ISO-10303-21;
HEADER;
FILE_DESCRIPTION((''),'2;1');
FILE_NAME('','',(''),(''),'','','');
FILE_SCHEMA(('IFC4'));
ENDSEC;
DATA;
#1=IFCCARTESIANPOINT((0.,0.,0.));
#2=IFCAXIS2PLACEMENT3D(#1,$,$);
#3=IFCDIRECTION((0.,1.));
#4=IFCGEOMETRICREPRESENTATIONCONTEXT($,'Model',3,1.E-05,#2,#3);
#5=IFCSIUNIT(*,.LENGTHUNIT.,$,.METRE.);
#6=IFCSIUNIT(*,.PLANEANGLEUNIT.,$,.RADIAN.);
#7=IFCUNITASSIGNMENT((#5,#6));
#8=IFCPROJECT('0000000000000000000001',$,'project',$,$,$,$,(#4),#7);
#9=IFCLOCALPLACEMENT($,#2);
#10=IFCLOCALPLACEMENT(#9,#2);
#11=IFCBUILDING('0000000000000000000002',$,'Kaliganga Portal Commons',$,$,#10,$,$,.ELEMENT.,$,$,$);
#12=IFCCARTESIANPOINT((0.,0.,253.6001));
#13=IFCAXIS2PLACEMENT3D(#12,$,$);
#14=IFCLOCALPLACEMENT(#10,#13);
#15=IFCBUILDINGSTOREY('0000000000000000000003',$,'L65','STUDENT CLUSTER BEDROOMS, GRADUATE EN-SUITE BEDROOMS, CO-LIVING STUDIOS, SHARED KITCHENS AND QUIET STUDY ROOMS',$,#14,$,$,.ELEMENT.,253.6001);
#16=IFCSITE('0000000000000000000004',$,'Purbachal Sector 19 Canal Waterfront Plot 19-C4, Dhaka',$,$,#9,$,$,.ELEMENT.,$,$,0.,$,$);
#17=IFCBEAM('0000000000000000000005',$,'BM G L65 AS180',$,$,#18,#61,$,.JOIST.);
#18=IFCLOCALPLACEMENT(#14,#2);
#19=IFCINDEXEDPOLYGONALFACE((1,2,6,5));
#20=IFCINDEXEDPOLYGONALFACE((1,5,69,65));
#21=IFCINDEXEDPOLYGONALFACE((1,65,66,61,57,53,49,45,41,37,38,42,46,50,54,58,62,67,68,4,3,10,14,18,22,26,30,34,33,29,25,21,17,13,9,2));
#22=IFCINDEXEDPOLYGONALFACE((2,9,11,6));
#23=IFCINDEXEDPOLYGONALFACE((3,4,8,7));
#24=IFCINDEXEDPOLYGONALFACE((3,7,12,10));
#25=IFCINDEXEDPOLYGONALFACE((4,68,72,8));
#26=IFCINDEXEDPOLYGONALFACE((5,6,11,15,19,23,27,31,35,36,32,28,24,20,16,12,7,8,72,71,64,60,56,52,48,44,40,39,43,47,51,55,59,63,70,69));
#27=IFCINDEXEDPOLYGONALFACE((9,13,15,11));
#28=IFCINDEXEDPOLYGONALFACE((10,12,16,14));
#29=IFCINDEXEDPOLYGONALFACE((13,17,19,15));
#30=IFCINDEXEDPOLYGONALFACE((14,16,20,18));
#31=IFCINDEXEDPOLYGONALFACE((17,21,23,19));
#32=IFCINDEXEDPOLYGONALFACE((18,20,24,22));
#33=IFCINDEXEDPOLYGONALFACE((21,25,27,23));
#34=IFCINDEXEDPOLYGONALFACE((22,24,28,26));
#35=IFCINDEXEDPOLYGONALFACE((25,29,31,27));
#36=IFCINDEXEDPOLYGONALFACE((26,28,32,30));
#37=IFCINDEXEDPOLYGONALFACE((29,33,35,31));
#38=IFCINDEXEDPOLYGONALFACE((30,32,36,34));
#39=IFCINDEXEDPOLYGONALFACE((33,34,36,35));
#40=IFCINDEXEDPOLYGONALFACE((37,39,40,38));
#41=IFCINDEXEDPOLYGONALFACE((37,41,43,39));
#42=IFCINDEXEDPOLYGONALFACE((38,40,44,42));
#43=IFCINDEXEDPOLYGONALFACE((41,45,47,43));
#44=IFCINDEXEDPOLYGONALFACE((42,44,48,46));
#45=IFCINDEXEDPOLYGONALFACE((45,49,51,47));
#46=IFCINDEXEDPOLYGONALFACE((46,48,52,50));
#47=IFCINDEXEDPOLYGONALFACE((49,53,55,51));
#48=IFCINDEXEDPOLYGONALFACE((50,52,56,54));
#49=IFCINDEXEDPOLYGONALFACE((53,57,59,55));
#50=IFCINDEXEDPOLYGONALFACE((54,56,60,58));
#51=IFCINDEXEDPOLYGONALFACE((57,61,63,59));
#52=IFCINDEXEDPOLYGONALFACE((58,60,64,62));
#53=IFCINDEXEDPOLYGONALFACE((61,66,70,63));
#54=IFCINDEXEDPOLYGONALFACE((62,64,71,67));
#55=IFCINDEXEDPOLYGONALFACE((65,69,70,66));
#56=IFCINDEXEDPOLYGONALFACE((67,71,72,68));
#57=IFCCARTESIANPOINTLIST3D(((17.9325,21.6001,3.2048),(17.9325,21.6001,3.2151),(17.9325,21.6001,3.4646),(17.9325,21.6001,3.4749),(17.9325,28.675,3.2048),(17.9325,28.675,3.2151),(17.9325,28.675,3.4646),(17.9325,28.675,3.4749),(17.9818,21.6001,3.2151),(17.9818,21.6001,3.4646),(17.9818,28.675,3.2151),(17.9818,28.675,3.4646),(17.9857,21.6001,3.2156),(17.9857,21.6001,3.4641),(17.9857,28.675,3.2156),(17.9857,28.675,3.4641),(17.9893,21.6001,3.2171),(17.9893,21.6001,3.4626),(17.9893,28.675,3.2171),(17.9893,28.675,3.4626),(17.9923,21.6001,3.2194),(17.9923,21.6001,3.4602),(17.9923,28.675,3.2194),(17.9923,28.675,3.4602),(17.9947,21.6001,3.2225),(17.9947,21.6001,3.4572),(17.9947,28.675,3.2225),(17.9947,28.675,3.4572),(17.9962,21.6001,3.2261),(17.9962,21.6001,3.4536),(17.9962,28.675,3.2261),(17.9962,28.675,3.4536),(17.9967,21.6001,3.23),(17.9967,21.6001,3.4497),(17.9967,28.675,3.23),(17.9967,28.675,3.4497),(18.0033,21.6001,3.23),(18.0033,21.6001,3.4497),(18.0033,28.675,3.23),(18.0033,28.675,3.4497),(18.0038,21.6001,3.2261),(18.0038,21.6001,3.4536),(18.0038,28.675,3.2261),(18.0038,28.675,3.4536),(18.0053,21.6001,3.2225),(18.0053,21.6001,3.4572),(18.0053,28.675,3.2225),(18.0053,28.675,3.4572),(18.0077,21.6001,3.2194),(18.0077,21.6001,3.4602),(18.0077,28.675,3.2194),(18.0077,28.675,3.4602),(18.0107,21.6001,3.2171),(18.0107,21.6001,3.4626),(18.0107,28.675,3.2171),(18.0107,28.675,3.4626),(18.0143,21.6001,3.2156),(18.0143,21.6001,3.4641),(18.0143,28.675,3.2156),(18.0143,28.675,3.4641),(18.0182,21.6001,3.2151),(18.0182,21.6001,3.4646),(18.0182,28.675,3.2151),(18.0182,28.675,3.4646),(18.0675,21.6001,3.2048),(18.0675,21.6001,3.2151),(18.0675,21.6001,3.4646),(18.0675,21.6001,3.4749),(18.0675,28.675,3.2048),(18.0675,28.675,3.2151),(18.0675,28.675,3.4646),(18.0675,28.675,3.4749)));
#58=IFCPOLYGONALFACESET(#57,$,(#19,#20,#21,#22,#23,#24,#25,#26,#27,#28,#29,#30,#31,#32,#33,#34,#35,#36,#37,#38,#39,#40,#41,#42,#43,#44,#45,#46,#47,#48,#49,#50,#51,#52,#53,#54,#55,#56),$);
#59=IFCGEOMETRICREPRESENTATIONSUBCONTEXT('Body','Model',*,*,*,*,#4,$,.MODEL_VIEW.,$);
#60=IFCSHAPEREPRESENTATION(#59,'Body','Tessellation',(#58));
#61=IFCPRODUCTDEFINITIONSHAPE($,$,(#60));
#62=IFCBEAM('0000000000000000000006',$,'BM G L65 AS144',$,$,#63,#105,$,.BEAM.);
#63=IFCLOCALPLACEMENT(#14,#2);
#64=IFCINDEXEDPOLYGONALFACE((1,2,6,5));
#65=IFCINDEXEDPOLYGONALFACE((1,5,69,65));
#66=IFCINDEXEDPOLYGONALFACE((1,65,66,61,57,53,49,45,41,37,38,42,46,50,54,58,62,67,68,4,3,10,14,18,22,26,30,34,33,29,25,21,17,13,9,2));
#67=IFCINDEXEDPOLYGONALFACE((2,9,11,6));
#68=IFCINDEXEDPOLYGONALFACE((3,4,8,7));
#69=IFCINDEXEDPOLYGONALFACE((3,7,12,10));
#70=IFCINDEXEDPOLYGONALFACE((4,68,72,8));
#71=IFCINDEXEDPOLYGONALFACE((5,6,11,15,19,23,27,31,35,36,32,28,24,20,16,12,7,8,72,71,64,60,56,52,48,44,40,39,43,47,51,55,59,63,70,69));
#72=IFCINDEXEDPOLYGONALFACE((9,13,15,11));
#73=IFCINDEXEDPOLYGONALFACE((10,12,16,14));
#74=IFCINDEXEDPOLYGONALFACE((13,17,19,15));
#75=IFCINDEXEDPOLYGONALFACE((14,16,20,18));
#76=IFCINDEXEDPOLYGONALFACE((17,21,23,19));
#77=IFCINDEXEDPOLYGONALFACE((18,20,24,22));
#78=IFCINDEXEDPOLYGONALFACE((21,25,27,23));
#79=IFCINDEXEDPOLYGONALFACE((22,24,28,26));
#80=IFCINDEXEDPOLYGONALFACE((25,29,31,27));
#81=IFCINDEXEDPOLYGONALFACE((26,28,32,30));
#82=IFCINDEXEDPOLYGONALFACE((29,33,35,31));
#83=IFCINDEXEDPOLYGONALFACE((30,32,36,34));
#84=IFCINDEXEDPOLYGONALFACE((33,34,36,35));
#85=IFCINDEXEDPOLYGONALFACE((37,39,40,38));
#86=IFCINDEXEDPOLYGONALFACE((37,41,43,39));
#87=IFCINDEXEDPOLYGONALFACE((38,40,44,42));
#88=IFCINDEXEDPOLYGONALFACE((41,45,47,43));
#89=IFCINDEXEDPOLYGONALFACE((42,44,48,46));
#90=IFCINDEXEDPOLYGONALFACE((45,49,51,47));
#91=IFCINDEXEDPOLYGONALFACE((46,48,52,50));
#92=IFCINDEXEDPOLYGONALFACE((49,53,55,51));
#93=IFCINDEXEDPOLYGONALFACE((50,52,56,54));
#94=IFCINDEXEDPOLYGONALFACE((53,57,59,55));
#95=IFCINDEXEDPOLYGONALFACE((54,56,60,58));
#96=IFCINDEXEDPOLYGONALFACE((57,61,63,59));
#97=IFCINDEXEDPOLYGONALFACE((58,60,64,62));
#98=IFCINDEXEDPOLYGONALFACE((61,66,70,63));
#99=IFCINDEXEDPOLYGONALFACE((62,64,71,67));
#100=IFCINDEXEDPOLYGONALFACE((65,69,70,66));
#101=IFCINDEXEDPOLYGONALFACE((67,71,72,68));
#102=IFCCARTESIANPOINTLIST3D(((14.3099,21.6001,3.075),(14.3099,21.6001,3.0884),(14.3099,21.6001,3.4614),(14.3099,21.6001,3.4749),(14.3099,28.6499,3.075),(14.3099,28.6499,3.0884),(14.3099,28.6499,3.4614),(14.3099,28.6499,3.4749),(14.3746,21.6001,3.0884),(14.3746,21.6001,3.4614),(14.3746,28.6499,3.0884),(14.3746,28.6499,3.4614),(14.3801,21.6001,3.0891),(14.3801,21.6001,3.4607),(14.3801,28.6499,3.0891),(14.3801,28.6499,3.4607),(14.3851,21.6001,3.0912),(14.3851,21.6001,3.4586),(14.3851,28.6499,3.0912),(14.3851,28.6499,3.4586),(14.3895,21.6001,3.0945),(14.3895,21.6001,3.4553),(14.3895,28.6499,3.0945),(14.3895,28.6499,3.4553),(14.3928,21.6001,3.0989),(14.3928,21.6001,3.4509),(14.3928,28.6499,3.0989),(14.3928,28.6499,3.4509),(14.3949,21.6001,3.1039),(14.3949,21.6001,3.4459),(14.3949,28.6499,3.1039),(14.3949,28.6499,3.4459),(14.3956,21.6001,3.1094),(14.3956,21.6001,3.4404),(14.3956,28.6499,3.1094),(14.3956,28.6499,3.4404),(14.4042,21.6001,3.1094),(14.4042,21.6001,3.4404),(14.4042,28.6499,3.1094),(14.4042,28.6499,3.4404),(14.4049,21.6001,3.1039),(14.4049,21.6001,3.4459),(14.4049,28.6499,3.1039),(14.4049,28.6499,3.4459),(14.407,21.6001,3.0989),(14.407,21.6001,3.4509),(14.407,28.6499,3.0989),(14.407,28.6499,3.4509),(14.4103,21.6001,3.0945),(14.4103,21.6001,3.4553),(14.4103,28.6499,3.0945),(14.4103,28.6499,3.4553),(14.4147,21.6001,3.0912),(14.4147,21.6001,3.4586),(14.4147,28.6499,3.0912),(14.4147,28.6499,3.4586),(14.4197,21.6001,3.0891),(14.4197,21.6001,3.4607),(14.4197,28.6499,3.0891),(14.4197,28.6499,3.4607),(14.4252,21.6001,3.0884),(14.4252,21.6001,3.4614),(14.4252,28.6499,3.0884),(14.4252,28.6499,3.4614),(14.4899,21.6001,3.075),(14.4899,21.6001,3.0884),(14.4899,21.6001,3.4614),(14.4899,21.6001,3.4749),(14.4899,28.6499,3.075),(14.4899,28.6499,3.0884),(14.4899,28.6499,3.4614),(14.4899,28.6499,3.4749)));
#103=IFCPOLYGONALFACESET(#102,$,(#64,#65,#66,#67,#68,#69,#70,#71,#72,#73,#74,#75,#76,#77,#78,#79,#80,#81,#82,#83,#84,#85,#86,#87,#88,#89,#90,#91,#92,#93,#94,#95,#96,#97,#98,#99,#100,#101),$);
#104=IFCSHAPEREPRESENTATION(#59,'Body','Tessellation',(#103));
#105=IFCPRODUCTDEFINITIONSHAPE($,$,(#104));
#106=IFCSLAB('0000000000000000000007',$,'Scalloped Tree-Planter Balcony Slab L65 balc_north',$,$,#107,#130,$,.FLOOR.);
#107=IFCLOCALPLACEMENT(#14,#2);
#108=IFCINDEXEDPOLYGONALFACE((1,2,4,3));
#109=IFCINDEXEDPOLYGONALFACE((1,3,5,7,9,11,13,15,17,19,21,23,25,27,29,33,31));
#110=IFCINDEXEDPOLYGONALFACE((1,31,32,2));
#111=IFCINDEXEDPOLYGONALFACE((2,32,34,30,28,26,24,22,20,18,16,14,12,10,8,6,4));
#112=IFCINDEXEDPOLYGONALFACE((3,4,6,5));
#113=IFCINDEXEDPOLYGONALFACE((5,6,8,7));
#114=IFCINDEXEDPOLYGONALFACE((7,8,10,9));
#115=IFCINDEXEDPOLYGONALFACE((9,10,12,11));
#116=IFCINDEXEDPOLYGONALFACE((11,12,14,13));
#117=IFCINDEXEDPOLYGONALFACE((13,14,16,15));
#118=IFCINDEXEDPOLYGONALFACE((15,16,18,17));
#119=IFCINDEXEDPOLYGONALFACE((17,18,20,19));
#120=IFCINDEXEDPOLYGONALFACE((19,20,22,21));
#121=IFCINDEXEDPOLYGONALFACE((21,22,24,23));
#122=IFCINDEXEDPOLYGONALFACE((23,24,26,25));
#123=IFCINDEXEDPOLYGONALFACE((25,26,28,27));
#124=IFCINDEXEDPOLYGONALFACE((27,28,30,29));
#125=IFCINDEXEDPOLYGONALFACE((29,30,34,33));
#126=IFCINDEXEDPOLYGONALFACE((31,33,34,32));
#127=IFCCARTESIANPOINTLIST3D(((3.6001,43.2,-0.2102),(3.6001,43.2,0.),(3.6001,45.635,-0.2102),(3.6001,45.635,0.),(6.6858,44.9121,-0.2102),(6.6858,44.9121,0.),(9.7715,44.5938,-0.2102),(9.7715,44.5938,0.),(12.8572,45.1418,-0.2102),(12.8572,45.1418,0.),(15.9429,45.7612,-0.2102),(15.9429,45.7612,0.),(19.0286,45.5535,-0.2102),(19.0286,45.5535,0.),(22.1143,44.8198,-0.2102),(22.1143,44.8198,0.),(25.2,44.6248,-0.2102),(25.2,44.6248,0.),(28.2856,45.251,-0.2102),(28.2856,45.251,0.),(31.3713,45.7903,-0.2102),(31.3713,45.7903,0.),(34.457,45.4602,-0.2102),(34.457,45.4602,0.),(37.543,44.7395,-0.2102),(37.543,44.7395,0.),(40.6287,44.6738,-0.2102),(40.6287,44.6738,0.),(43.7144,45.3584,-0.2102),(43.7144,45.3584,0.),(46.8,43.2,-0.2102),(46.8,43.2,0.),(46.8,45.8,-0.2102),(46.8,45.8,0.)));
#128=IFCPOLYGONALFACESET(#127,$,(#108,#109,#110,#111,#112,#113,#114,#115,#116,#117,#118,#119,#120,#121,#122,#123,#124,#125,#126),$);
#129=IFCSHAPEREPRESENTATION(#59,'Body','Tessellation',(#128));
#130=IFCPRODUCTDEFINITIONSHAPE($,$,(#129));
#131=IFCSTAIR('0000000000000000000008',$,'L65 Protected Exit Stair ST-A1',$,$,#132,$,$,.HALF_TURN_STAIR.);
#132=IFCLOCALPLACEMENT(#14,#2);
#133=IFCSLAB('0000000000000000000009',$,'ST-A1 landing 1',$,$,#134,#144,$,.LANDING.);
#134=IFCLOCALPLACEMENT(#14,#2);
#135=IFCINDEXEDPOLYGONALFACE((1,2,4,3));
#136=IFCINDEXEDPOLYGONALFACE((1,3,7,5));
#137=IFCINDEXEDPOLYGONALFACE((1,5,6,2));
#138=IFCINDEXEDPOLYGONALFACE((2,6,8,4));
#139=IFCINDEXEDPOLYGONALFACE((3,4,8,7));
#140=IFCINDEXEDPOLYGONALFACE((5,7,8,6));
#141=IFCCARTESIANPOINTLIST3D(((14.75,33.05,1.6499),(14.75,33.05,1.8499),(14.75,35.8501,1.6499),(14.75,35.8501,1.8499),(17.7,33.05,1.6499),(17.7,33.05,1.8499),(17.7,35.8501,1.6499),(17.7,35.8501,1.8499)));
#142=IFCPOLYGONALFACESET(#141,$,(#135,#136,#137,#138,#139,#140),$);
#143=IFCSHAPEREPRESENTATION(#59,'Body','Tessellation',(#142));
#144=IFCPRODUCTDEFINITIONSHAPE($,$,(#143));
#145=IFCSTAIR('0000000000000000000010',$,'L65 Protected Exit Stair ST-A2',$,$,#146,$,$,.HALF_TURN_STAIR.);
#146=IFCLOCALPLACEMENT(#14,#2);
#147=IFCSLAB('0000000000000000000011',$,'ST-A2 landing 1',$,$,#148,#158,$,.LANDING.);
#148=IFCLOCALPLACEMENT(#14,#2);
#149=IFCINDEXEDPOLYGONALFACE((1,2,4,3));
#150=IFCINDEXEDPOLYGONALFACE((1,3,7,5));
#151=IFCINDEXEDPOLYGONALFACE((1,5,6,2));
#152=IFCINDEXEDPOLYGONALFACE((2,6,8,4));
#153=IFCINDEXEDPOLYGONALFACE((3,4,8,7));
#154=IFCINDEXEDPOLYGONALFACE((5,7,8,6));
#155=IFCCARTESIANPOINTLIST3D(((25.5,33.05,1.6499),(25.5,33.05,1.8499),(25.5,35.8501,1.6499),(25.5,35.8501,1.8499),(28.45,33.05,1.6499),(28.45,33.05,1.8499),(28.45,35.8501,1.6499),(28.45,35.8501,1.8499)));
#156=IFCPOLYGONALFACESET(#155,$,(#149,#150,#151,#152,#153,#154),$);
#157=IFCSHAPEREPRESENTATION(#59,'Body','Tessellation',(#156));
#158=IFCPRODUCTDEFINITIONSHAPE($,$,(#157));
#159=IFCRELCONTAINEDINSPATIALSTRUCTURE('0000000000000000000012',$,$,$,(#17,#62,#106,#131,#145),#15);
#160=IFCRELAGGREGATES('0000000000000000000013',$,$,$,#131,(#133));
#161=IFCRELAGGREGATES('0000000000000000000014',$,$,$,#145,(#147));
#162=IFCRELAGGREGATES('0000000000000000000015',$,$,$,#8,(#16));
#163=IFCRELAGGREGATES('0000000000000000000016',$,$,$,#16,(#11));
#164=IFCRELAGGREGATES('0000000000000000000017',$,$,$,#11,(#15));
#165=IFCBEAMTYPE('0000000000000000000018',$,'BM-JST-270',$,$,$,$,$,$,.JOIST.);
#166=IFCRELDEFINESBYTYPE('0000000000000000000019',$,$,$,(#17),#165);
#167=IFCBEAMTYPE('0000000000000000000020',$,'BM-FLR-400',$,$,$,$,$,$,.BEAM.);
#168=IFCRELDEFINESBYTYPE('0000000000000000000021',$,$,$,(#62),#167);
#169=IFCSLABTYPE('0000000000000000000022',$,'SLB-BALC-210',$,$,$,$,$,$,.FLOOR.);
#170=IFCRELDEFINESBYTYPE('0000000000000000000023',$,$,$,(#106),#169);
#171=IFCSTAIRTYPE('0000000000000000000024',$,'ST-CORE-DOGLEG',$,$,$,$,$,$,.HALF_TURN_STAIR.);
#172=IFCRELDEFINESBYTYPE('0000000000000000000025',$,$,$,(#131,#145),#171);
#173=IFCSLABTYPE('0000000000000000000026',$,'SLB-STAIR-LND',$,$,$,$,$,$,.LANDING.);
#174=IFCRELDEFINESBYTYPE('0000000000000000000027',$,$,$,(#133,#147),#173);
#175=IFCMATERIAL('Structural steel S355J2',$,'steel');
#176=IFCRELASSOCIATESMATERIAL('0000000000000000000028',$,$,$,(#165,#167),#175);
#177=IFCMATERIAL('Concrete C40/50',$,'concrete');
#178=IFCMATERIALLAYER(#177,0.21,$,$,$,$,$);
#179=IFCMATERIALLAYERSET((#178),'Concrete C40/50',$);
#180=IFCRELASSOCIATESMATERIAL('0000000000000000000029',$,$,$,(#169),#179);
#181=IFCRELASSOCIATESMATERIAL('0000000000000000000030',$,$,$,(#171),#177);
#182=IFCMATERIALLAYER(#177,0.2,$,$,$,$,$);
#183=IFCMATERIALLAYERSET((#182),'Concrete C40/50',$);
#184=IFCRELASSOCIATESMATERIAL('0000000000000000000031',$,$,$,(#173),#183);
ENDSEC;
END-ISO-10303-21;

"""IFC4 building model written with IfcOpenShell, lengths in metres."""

from ifc_helpers import new_model, si_unit, direction, frame, origin, origin_2d, place, context, subcontext, project, spatial, polyline, i_section, outline, extrude, source, transform, mapped, material, layer, layer_set, material_profile, profile_set, type_object, element, aggregate, save


model = new_model("IFC4")

# Units and contexts
model_context = context("Model", 3, precision=1e-05, world=origin(), true_north=direction((0.0, 1.0)))
body_context = subcontext(model_context, "Body", "Model", "MODEL_VIEW")
ifc_project = project(units=[si_unit("LENGTHUNIT", "METRE"), si_unit("PLANEANGLEUNIT", "RADIAN")], contexts=[model_context])

# Site, building, storey
site_placement = place(None, origin())
site = spatial("IfcSite", under=ifc_project, at=site_placement, Name="Purbachal Sector 19 Canal Waterfront Plot 19-C4, Dhaka", CompositionType="ELEMENT", RefElevation=0.0)
building_placement = place(site_placement, origin())
building = spatial("IfcBuilding", under=site, at=building_placement, Name="Kaliganga Portal Commons", CompositionType="ELEMENT")
storey_placement = place(building_placement, frame((0.0, 0.0, 253.6001)))
storey = spatial("IfcBuildingStorey", under=building, at=storey_placement, Name="L65", Description="STUDENT CLUSTER BEDROOMS, GRADUATE EN-SUITE BEDROOMS, CO-LIVING STUDIOS, SHARED KITCHENS AND QUIET STUDY ROOMS", CompositionType="ELEMENT", Elevation=253.6001)

# Shared definitions
ifc_material_1 = material(Name="Structural steel S355J2", Category="steel")

# Beams
ifc_material_profile_1 = material_profile(ifc_material_1, i_section(OverallWidth=0.135, OverallDepth=0.27, WebThickness=0.0066, FlangeThickness=0.0103, FilletRadius=0.0149, at=origin_2d()), Name="IPE 270")
ifc_profile_set_1 = profile_set([ifc_material_profile_1], Name="Structural steel S355J2 wide-flange")
beam_type_1 = type_object("IfcBeamType", Name="BM-JST-270", PredefinedType="JOIST", material=ifc_profile_set_1)
shared_shape_1 = source(origin(), body_context, "Body", "SweptSolid", [
    extrude(i_section(OverallWidth=0.135, OverallDepth=0.27, WebThickness=0.0066, FlangeThickness=0.0103, FilletRadius=0.0149, at=origin_2d()), origin(), (0.0, 0.0, 1.0), 7.075),
])
beam_1_placement = place(storey_placement, frame((18.0, 21.6001, 3.3398), z_axis=(0.0, 1.0, 0.0), x_axis=(-1.0, 0.0, 0.0)))
element("IfcBeam", 1, at=beam_1_placement, inside=storey, type_object=beam_type_1, Name="BM G L65 AS180", PredefinedType="JOIST", context=body_context, shape_type="MappedRepresentation", body=[
    mapped(shared_shape_1, transform((0.0, 0.0, 0.0), x_axis=(1.0, 0.0, 0.0), y_axis=(0.0, 1.0, 0.0), z_axis=(0.0, 0.0, 1.0), scale=1.0)),
])
ifc_material_profile_2 = material_profile(ifc_material_1, i_section(OverallWidth=0.1799, OverallDepth=0.3999, WebThickness=0.0085, FlangeThickness=0.0134, FilletRadius=0.021, at=origin_2d()), Name="IPE 400")
ifc_profile_set_2 = profile_set([ifc_material_profile_2], Name="Structural steel S355J2 wide-flange")
beam_type_2 = type_object("IfcBeamType", Name="BM-FLR-400", PredefinedType="BEAM", material=ifc_profile_set_2)
shared_shape_2 = source(origin(), body_context, "Body", "SweptSolid", [
    extrude(i_section(OverallWidth=0.1799, OverallDepth=0.3999, WebThickness=0.0085, FlangeThickness=0.0134, FilletRadius=0.021, at=origin_2d()), origin(), (0.0, 0.0, 1.0), 7.0498),
])
beam_2_placement = place(storey_placement, frame((14.3999, 21.6001, 3.2749), z_axis=(0.0, 1.0, 0.0), x_axis=(-1.0, 0.0, 0.0)))
element("IfcBeam", 2, at=beam_2_placement, inside=storey, type_object=beam_type_2, Name="BM G L65 AS144", PredefinedType="BEAM", context=body_context, shape_type="MappedRepresentation", body=[
    mapped(shared_shape_2, transform((0.0, 0.0, 0.0), x_axis=(1.0, 0.0, 0.0), y_axis=(0.0, 1.0, 0.0), z_axis=(0.0, 0.0, 1.0), scale=1.0)),
])

# Slab
ifc_material_2 = material(Name="Concrete C40/50", Category="concrete")
ifc_layer_1 = layer(ifc_material_2, 0.21)
ifc_layer_set_1 = layer_set([ifc_layer_1], Name="Concrete C40/50")
slab_type_1 = type_object("IfcSlabType", Name="SLB-BALC-210", PredefinedType="FLOOR", material=ifc_layer_set_1)
slab_1_placement = place(storey_placement, frame((0.0, 0.0, -0.2102)))
element("IfcSlab", 3, at=slab_1_placement, inside=storey, type_object=slab_type_1, Name="Scalloped Tree-Planter Balcony Slab L65 balc_north", PredefinedType="FLOOR", context=body_context, shape_type="SweptSolid", body=[
    extrude(outline(polyline([(46.8, 43.2), (46.8, 45.8), (43.7144, 45.3584), (40.6287, 44.6738), (37.543, 44.7395), (34.457, 45.4602), (31.3713, 45.7903), (28.2856, 45.251), (25.2, 44.6248), (22.1143, 44.8198), (19.0286, 45.5535), (15.9429, 45.7612), (12.8572, 45.1418), (9.7715, 44.5938), (6.6858, 44.9121), (3.6001, 45.635), (3.6001, 43.2), (46.8, 43.2)])), origin(), (0.0, 0.0, 1.0), 0.2102),
])

# Stairs, slabs
stair_type = type_object("IfcStairType", Name="ST-CORE-DOGLEG", PredefinedType="HALF_TURN_STAIR", material=ifc_material_2)
stair_1_placement = place(storey_placement, origin())
stair_1 = element("IfcStair", 4, at=stair_1_placement, inside=storey, type_object=stair_type, Name="L65 Protected Exit Stair ST-A1", PredefinedType="HALF_TURN_STAIR")
ifc_layer_2 = layer(ifc_material_2, 0.2)
ifc_layer_set_2 = layer_set([ifc_layer_2], Name="Concrete C40/50")
slab_type_2 = type_object("IfcSlabType", Name="SLB-STAIR-LND", PredefinedType="LANDING", material=ifc_layer_set_2)
slab_2_placement = place(storey_placement, frame((0.0, 0.0, 1.6499)))
slab_2 = element("IfcSlab", 5, at=slab_2_placement, type_object=slab_type_2, Name="ST-A1 landing 1", PredefinedType="LANDING", context=body_context, shape_type="SweptSolid", body=[
    extrude(outline(polyline([(17.7, 33.05), (17.7, 35.8501), (14.75, 35.8501), (14.75, 33.05), (17.7, 33.05)])), origin(), (0.0, 0.0, 1.0), 0.2),
])
aggregate(stair_1, [slab_2])
stair_2_placement = place(storey_placement, origin())
stair_2 = element("IfcStair", 6, at=stair_2_placement, inside=storey, type_object=stair_type, Name="L65 Protected Exit Stair ST-A2", PredefinedType="HALF_TURN_STAIR")
slab_3_placement = place(storey_placement, frame((0.0, 0.0, 1.6499)))
slab_3 = element("IfcSlab", 7, at=slab_3_placement, type_object=slab_type_2, Name="ST-A2 landing 1", PredefinedType="LANDING", context=body_context, shape_type="SweptSolid", body=[
    extrude(outline(polyline([(28.45, 33.05), (28.45, 35.8501), (25.5, 35.8501), (25.5, 33.05), (28.45, 33.05)])), origin(), (0.0, 0.0, 1.0), 0.2),
])
aggregate(stair_2, [slab_3])

save(model, "model.ifc")
